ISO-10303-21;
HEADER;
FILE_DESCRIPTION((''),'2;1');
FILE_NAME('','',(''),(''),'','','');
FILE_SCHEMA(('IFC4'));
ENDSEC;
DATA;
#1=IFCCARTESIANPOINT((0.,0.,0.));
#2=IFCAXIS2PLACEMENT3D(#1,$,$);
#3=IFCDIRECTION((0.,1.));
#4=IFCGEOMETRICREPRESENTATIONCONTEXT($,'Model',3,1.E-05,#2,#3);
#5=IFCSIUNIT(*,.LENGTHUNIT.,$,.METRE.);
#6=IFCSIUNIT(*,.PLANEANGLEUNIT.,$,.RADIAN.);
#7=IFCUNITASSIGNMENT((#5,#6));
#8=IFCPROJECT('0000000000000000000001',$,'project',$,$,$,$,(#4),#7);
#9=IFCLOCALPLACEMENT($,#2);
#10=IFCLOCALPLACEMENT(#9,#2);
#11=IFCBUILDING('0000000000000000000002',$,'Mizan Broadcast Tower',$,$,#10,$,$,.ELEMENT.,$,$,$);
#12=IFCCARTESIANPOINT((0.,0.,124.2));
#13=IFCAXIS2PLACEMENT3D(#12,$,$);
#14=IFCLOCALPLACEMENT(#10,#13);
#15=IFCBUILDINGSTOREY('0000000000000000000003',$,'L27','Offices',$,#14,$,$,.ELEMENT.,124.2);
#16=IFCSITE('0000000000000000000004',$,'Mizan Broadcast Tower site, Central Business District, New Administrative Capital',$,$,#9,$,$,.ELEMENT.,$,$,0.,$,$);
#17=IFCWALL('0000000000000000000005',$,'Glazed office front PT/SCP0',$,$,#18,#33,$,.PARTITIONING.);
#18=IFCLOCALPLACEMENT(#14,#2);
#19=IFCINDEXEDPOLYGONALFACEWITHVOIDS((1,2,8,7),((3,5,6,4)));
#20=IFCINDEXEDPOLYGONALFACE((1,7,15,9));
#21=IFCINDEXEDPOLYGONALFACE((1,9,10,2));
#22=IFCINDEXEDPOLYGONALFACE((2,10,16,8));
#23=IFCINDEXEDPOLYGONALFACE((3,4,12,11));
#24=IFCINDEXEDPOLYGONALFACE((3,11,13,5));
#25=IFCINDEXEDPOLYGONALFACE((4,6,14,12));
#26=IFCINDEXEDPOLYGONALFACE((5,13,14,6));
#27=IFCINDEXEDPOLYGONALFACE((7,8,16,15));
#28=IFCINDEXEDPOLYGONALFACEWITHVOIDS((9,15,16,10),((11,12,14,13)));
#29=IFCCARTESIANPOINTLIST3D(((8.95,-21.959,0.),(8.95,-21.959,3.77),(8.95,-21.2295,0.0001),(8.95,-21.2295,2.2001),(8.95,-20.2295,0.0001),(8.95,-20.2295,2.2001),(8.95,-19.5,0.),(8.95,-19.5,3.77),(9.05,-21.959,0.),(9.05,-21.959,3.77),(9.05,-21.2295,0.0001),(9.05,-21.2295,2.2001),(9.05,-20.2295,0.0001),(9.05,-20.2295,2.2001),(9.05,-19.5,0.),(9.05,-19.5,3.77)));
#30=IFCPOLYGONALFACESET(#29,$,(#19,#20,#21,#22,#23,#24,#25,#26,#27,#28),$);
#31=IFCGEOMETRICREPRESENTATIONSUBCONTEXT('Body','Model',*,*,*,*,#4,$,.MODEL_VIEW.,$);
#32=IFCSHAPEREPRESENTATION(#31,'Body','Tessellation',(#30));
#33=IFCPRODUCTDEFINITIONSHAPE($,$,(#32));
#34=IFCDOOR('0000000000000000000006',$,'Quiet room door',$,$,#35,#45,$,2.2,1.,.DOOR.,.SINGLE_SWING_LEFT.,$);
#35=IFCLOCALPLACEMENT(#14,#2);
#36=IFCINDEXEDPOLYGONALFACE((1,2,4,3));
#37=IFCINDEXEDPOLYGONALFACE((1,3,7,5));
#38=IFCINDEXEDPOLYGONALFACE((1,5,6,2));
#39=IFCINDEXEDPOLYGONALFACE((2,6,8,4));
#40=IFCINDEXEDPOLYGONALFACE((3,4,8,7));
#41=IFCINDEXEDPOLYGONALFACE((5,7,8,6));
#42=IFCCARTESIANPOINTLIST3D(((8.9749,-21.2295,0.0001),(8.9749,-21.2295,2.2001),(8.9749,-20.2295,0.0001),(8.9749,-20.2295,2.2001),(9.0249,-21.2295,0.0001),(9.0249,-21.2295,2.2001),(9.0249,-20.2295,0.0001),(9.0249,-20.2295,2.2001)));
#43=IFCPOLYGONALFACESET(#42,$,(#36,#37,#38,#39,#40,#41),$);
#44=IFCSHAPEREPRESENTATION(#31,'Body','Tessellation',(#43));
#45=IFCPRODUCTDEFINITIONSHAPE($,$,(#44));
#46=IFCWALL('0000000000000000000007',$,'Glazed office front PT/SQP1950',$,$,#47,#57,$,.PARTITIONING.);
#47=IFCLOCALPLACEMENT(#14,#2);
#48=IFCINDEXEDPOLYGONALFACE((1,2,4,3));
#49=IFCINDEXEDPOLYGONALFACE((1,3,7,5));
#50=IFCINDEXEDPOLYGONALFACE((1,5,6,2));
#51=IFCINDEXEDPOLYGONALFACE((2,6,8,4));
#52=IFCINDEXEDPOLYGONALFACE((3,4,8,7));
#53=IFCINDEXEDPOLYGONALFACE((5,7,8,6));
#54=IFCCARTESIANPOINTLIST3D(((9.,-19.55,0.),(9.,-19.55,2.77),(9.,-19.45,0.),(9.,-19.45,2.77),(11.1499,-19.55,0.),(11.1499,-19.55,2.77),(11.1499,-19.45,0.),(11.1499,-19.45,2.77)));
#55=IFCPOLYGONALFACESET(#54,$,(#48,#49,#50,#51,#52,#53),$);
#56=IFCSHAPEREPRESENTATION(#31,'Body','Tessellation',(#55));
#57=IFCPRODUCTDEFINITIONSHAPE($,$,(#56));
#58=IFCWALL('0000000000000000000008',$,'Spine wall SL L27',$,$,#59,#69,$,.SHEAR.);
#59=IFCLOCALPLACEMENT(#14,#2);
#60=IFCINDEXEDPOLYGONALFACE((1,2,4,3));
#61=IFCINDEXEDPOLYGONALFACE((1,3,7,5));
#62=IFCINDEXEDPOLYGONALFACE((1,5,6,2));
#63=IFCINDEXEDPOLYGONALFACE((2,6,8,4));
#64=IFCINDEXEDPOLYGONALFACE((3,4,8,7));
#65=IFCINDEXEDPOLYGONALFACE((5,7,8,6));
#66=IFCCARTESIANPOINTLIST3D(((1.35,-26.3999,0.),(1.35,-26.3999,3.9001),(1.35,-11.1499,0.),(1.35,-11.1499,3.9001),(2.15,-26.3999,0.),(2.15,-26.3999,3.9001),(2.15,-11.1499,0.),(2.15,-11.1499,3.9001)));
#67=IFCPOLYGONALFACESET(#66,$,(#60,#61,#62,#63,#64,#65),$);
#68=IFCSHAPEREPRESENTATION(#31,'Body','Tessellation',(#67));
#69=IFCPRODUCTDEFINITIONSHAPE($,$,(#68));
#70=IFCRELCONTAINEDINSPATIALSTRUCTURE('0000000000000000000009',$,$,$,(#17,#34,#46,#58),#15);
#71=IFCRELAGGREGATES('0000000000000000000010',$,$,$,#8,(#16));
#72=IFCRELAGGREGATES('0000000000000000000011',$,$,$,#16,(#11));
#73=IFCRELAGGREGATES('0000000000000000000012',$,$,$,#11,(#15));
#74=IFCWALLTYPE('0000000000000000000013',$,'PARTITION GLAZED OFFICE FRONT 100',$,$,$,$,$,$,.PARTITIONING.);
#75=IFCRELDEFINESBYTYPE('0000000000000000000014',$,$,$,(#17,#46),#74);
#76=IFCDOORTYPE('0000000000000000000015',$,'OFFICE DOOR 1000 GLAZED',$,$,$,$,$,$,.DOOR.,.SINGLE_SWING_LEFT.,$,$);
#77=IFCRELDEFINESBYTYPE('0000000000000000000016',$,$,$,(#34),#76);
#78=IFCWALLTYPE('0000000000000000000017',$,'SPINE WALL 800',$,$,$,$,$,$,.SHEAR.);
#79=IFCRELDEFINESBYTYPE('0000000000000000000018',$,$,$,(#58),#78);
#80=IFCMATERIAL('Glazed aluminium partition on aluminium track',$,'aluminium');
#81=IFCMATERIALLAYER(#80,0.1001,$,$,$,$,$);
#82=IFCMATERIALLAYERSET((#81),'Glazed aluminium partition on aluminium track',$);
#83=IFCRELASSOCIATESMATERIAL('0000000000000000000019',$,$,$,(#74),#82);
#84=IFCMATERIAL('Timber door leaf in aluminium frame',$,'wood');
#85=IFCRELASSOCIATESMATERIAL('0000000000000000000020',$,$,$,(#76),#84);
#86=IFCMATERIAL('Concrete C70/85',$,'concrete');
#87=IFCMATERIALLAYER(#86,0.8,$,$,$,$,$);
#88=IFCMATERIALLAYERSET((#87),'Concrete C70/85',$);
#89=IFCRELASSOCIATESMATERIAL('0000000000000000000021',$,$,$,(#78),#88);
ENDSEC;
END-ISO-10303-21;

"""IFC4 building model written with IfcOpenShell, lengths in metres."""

from ifc_helpers import new_model, si_unit, direction, frame, frame_2d, origin, place, context, subcontext, project, spatial, rectangle, extrude, material, layer, layer_set, type_object, element, fill, save


model = new_model("IFC4")

# Units and contexts
model_context = context("Model", 3, precision=1e-05, world=origin(), true_north=direction((0.0, 1.0)))
body_context = subcontext(model_context, "Body", "Model", "MODEL_VIEW")
ifc_project = project(units=[si_unit("LENGTHUNIT", "METRE"), si_unit("PLANEANGLEUNIT", "RADIAN")], contexts=[model_context])

# Site, building, storey
site_placement = place(None, origin())
site = spatial("IfcSite", under=ifc_project, at=site_placement, Name="Mizan Broadcast Tower site, Central Business District, New Administrative Capital", CompositionType="ELEMENT", RefElevation=0.0)
building_placement = place(site_placement, origin())
building = spatial("IfcBuilding", under=site, at=building_placement, Name="Mizan Broadcast Tower", CompositionType="ELEMENT")
storey_placement = place(building_placement, frame((0.0, 0.0, 124.2)))
storey = spatial("IfcBuildingStorey", under=building, at=storey_placement, Name="L27", Description="Offices", CompositionType="ELEMENT", Elevation=124.2)

# Wall, opening, door
ifc_material_1 = material(Name="Glazed aluminium partition on aluminium track", Category="aluminium")
ifc_layer_1 = layer(ifc_material_1, 0.1001)
ifc_layer_set_1 = layer_set([ifc_layer_1], Name="Glazed aluminium partition on aluminium track")
wall_type_1 = type_object("IfcWallType", Name="PARTITION GLAZED OFFICE FRONT 100", PredefinedType="PARTITIONING", material=ifc_layer_set_1)
wall_1_placement = place(storey_placement, frame((9.0, -19.5, 0.0), z_axis=(0.0, 0.0, 1.0), x_axis=(0.0, -1.0, 0.0)))
wall_1 = element("IfcWall", 1, at=wall_1_placement, inside=storey, type_object=wall_type_1, Name="Glazed office front PT/SCP0", PredefinedType="PARTITIONING", context=body_context, shape_type="SweptSolid", body=[
    extrude(rectangle(XDim=2.459, YDim=0.1001, at=frame_2d((1.2295, 0.0))), origin(), (0.0, 0.0, 1.0), 3.77),
])
opening_placement = place(wall_1_placement, frame((0.7295, 0.0, 0.0)))
opening = element("IfcOpeningElement", 2, at=opening_placement, cuts=wall_1, PredefinedType="OPENING", context=body_context, shape_type="SweptSolid", body=[
    extrude(rectangle(XDim=1.0, YDim=2.2, at=frame_2d((0.5, 1.1001))), frame((0.0, 0.0601, 0.0), z_axis=(0.0, -1.0, 0.0), x_axis=(1.0, 0.0, 0.0)), (0.0, 0.0, 1.0), 0.1201),
])
ifc_material_2 = material(Name="Timber door leaf in aluminium frame", Category="wood")
door_type = type_object("IfcDoorType", Name="OFFICE DOOR 1000 GLAZED", OperationType="SINGLE_SWING_LEFT", PredefinedType="DOOR", material=ifc_material_2)
door_placement = place(opening_placement, origin())
door = element("IfcDoor", 3, at=door_placement, inside=storey, type_object=door_type, Name="Quiet room door", OperationType="SINGLE_SWING_LEFT", OverallHeight=2.2, OverallWidth=1.0, PredefinedType="DOOR", context=body_context, shape_type="SweptSolid", body=[
    extrude(rectangle(XDim=1.0, YDim=2.2, at=frame_2d((0.5, 1.1001))), frame((0.0, 0.0249, 0.0), z_axis=(0.0, -1.0, 0.0), x_axis=(1.0, 0.0, 0.0)), (0.0, 0.0, 1.0), 0.05),
])
fill(opening, door)

# Walls
wall_2_placement = place(storey_placement, frame((9.0, -19.5, 0.0), z_axis=(0.0, 0.0, 1.0), x_axis=(1.0, 0.0, 0.0)))
element("IfcWall", 4, at=wall_2_placement, inside=storey, type_object=wall_type_1, Name="Glazed office front PT/SQP1950", PredefinedType="PARTITIONING", context=body_context, shape_type="SweptSolid", body=[
    extrude(rectangle(XDim=2.1499, YDim=0.1001, at=frame_2d((1.075, 0.0))), origin(), (0.0, 0.0, 1.0), 2.77),
])
ifc_material_3 = material(Name="Concrete C70/85", Category="concrete")
ifc_layer_2 = layer(ifc_material_3, 0.8)
ifc_layer_set_2 = layer_set([ifc_layer_2], Name="Concrete C70/85")
wall_type_2 = type_object("IfcWallType", Name="SPINE WALL 800", PredefinedType="SHEAR", material=ifc_layer_set_2)
wall_3_placement = place(storey_placement, frame((1.75, -11.1499, 0.0), z_axis=(0.0, 0.0, 1.0), x_axis=(0.0, -1.0, 0.0)))
element("IfcWall", 5, at=wall_3_placement, inside=storey, type_object=wall_type_2, Name="Spine wall SL L27", PredefinedType="SHEAR", context=body_context, shape_type="SweptSolid", body=[
    extrude(rectangle(XDim=15.25, YDim=0.8, at=frame_2d((7.625, 0.0))), origin(), (0.0, 0.0, 1.0), 3.9001),
])

save(model, "model.ifc")
